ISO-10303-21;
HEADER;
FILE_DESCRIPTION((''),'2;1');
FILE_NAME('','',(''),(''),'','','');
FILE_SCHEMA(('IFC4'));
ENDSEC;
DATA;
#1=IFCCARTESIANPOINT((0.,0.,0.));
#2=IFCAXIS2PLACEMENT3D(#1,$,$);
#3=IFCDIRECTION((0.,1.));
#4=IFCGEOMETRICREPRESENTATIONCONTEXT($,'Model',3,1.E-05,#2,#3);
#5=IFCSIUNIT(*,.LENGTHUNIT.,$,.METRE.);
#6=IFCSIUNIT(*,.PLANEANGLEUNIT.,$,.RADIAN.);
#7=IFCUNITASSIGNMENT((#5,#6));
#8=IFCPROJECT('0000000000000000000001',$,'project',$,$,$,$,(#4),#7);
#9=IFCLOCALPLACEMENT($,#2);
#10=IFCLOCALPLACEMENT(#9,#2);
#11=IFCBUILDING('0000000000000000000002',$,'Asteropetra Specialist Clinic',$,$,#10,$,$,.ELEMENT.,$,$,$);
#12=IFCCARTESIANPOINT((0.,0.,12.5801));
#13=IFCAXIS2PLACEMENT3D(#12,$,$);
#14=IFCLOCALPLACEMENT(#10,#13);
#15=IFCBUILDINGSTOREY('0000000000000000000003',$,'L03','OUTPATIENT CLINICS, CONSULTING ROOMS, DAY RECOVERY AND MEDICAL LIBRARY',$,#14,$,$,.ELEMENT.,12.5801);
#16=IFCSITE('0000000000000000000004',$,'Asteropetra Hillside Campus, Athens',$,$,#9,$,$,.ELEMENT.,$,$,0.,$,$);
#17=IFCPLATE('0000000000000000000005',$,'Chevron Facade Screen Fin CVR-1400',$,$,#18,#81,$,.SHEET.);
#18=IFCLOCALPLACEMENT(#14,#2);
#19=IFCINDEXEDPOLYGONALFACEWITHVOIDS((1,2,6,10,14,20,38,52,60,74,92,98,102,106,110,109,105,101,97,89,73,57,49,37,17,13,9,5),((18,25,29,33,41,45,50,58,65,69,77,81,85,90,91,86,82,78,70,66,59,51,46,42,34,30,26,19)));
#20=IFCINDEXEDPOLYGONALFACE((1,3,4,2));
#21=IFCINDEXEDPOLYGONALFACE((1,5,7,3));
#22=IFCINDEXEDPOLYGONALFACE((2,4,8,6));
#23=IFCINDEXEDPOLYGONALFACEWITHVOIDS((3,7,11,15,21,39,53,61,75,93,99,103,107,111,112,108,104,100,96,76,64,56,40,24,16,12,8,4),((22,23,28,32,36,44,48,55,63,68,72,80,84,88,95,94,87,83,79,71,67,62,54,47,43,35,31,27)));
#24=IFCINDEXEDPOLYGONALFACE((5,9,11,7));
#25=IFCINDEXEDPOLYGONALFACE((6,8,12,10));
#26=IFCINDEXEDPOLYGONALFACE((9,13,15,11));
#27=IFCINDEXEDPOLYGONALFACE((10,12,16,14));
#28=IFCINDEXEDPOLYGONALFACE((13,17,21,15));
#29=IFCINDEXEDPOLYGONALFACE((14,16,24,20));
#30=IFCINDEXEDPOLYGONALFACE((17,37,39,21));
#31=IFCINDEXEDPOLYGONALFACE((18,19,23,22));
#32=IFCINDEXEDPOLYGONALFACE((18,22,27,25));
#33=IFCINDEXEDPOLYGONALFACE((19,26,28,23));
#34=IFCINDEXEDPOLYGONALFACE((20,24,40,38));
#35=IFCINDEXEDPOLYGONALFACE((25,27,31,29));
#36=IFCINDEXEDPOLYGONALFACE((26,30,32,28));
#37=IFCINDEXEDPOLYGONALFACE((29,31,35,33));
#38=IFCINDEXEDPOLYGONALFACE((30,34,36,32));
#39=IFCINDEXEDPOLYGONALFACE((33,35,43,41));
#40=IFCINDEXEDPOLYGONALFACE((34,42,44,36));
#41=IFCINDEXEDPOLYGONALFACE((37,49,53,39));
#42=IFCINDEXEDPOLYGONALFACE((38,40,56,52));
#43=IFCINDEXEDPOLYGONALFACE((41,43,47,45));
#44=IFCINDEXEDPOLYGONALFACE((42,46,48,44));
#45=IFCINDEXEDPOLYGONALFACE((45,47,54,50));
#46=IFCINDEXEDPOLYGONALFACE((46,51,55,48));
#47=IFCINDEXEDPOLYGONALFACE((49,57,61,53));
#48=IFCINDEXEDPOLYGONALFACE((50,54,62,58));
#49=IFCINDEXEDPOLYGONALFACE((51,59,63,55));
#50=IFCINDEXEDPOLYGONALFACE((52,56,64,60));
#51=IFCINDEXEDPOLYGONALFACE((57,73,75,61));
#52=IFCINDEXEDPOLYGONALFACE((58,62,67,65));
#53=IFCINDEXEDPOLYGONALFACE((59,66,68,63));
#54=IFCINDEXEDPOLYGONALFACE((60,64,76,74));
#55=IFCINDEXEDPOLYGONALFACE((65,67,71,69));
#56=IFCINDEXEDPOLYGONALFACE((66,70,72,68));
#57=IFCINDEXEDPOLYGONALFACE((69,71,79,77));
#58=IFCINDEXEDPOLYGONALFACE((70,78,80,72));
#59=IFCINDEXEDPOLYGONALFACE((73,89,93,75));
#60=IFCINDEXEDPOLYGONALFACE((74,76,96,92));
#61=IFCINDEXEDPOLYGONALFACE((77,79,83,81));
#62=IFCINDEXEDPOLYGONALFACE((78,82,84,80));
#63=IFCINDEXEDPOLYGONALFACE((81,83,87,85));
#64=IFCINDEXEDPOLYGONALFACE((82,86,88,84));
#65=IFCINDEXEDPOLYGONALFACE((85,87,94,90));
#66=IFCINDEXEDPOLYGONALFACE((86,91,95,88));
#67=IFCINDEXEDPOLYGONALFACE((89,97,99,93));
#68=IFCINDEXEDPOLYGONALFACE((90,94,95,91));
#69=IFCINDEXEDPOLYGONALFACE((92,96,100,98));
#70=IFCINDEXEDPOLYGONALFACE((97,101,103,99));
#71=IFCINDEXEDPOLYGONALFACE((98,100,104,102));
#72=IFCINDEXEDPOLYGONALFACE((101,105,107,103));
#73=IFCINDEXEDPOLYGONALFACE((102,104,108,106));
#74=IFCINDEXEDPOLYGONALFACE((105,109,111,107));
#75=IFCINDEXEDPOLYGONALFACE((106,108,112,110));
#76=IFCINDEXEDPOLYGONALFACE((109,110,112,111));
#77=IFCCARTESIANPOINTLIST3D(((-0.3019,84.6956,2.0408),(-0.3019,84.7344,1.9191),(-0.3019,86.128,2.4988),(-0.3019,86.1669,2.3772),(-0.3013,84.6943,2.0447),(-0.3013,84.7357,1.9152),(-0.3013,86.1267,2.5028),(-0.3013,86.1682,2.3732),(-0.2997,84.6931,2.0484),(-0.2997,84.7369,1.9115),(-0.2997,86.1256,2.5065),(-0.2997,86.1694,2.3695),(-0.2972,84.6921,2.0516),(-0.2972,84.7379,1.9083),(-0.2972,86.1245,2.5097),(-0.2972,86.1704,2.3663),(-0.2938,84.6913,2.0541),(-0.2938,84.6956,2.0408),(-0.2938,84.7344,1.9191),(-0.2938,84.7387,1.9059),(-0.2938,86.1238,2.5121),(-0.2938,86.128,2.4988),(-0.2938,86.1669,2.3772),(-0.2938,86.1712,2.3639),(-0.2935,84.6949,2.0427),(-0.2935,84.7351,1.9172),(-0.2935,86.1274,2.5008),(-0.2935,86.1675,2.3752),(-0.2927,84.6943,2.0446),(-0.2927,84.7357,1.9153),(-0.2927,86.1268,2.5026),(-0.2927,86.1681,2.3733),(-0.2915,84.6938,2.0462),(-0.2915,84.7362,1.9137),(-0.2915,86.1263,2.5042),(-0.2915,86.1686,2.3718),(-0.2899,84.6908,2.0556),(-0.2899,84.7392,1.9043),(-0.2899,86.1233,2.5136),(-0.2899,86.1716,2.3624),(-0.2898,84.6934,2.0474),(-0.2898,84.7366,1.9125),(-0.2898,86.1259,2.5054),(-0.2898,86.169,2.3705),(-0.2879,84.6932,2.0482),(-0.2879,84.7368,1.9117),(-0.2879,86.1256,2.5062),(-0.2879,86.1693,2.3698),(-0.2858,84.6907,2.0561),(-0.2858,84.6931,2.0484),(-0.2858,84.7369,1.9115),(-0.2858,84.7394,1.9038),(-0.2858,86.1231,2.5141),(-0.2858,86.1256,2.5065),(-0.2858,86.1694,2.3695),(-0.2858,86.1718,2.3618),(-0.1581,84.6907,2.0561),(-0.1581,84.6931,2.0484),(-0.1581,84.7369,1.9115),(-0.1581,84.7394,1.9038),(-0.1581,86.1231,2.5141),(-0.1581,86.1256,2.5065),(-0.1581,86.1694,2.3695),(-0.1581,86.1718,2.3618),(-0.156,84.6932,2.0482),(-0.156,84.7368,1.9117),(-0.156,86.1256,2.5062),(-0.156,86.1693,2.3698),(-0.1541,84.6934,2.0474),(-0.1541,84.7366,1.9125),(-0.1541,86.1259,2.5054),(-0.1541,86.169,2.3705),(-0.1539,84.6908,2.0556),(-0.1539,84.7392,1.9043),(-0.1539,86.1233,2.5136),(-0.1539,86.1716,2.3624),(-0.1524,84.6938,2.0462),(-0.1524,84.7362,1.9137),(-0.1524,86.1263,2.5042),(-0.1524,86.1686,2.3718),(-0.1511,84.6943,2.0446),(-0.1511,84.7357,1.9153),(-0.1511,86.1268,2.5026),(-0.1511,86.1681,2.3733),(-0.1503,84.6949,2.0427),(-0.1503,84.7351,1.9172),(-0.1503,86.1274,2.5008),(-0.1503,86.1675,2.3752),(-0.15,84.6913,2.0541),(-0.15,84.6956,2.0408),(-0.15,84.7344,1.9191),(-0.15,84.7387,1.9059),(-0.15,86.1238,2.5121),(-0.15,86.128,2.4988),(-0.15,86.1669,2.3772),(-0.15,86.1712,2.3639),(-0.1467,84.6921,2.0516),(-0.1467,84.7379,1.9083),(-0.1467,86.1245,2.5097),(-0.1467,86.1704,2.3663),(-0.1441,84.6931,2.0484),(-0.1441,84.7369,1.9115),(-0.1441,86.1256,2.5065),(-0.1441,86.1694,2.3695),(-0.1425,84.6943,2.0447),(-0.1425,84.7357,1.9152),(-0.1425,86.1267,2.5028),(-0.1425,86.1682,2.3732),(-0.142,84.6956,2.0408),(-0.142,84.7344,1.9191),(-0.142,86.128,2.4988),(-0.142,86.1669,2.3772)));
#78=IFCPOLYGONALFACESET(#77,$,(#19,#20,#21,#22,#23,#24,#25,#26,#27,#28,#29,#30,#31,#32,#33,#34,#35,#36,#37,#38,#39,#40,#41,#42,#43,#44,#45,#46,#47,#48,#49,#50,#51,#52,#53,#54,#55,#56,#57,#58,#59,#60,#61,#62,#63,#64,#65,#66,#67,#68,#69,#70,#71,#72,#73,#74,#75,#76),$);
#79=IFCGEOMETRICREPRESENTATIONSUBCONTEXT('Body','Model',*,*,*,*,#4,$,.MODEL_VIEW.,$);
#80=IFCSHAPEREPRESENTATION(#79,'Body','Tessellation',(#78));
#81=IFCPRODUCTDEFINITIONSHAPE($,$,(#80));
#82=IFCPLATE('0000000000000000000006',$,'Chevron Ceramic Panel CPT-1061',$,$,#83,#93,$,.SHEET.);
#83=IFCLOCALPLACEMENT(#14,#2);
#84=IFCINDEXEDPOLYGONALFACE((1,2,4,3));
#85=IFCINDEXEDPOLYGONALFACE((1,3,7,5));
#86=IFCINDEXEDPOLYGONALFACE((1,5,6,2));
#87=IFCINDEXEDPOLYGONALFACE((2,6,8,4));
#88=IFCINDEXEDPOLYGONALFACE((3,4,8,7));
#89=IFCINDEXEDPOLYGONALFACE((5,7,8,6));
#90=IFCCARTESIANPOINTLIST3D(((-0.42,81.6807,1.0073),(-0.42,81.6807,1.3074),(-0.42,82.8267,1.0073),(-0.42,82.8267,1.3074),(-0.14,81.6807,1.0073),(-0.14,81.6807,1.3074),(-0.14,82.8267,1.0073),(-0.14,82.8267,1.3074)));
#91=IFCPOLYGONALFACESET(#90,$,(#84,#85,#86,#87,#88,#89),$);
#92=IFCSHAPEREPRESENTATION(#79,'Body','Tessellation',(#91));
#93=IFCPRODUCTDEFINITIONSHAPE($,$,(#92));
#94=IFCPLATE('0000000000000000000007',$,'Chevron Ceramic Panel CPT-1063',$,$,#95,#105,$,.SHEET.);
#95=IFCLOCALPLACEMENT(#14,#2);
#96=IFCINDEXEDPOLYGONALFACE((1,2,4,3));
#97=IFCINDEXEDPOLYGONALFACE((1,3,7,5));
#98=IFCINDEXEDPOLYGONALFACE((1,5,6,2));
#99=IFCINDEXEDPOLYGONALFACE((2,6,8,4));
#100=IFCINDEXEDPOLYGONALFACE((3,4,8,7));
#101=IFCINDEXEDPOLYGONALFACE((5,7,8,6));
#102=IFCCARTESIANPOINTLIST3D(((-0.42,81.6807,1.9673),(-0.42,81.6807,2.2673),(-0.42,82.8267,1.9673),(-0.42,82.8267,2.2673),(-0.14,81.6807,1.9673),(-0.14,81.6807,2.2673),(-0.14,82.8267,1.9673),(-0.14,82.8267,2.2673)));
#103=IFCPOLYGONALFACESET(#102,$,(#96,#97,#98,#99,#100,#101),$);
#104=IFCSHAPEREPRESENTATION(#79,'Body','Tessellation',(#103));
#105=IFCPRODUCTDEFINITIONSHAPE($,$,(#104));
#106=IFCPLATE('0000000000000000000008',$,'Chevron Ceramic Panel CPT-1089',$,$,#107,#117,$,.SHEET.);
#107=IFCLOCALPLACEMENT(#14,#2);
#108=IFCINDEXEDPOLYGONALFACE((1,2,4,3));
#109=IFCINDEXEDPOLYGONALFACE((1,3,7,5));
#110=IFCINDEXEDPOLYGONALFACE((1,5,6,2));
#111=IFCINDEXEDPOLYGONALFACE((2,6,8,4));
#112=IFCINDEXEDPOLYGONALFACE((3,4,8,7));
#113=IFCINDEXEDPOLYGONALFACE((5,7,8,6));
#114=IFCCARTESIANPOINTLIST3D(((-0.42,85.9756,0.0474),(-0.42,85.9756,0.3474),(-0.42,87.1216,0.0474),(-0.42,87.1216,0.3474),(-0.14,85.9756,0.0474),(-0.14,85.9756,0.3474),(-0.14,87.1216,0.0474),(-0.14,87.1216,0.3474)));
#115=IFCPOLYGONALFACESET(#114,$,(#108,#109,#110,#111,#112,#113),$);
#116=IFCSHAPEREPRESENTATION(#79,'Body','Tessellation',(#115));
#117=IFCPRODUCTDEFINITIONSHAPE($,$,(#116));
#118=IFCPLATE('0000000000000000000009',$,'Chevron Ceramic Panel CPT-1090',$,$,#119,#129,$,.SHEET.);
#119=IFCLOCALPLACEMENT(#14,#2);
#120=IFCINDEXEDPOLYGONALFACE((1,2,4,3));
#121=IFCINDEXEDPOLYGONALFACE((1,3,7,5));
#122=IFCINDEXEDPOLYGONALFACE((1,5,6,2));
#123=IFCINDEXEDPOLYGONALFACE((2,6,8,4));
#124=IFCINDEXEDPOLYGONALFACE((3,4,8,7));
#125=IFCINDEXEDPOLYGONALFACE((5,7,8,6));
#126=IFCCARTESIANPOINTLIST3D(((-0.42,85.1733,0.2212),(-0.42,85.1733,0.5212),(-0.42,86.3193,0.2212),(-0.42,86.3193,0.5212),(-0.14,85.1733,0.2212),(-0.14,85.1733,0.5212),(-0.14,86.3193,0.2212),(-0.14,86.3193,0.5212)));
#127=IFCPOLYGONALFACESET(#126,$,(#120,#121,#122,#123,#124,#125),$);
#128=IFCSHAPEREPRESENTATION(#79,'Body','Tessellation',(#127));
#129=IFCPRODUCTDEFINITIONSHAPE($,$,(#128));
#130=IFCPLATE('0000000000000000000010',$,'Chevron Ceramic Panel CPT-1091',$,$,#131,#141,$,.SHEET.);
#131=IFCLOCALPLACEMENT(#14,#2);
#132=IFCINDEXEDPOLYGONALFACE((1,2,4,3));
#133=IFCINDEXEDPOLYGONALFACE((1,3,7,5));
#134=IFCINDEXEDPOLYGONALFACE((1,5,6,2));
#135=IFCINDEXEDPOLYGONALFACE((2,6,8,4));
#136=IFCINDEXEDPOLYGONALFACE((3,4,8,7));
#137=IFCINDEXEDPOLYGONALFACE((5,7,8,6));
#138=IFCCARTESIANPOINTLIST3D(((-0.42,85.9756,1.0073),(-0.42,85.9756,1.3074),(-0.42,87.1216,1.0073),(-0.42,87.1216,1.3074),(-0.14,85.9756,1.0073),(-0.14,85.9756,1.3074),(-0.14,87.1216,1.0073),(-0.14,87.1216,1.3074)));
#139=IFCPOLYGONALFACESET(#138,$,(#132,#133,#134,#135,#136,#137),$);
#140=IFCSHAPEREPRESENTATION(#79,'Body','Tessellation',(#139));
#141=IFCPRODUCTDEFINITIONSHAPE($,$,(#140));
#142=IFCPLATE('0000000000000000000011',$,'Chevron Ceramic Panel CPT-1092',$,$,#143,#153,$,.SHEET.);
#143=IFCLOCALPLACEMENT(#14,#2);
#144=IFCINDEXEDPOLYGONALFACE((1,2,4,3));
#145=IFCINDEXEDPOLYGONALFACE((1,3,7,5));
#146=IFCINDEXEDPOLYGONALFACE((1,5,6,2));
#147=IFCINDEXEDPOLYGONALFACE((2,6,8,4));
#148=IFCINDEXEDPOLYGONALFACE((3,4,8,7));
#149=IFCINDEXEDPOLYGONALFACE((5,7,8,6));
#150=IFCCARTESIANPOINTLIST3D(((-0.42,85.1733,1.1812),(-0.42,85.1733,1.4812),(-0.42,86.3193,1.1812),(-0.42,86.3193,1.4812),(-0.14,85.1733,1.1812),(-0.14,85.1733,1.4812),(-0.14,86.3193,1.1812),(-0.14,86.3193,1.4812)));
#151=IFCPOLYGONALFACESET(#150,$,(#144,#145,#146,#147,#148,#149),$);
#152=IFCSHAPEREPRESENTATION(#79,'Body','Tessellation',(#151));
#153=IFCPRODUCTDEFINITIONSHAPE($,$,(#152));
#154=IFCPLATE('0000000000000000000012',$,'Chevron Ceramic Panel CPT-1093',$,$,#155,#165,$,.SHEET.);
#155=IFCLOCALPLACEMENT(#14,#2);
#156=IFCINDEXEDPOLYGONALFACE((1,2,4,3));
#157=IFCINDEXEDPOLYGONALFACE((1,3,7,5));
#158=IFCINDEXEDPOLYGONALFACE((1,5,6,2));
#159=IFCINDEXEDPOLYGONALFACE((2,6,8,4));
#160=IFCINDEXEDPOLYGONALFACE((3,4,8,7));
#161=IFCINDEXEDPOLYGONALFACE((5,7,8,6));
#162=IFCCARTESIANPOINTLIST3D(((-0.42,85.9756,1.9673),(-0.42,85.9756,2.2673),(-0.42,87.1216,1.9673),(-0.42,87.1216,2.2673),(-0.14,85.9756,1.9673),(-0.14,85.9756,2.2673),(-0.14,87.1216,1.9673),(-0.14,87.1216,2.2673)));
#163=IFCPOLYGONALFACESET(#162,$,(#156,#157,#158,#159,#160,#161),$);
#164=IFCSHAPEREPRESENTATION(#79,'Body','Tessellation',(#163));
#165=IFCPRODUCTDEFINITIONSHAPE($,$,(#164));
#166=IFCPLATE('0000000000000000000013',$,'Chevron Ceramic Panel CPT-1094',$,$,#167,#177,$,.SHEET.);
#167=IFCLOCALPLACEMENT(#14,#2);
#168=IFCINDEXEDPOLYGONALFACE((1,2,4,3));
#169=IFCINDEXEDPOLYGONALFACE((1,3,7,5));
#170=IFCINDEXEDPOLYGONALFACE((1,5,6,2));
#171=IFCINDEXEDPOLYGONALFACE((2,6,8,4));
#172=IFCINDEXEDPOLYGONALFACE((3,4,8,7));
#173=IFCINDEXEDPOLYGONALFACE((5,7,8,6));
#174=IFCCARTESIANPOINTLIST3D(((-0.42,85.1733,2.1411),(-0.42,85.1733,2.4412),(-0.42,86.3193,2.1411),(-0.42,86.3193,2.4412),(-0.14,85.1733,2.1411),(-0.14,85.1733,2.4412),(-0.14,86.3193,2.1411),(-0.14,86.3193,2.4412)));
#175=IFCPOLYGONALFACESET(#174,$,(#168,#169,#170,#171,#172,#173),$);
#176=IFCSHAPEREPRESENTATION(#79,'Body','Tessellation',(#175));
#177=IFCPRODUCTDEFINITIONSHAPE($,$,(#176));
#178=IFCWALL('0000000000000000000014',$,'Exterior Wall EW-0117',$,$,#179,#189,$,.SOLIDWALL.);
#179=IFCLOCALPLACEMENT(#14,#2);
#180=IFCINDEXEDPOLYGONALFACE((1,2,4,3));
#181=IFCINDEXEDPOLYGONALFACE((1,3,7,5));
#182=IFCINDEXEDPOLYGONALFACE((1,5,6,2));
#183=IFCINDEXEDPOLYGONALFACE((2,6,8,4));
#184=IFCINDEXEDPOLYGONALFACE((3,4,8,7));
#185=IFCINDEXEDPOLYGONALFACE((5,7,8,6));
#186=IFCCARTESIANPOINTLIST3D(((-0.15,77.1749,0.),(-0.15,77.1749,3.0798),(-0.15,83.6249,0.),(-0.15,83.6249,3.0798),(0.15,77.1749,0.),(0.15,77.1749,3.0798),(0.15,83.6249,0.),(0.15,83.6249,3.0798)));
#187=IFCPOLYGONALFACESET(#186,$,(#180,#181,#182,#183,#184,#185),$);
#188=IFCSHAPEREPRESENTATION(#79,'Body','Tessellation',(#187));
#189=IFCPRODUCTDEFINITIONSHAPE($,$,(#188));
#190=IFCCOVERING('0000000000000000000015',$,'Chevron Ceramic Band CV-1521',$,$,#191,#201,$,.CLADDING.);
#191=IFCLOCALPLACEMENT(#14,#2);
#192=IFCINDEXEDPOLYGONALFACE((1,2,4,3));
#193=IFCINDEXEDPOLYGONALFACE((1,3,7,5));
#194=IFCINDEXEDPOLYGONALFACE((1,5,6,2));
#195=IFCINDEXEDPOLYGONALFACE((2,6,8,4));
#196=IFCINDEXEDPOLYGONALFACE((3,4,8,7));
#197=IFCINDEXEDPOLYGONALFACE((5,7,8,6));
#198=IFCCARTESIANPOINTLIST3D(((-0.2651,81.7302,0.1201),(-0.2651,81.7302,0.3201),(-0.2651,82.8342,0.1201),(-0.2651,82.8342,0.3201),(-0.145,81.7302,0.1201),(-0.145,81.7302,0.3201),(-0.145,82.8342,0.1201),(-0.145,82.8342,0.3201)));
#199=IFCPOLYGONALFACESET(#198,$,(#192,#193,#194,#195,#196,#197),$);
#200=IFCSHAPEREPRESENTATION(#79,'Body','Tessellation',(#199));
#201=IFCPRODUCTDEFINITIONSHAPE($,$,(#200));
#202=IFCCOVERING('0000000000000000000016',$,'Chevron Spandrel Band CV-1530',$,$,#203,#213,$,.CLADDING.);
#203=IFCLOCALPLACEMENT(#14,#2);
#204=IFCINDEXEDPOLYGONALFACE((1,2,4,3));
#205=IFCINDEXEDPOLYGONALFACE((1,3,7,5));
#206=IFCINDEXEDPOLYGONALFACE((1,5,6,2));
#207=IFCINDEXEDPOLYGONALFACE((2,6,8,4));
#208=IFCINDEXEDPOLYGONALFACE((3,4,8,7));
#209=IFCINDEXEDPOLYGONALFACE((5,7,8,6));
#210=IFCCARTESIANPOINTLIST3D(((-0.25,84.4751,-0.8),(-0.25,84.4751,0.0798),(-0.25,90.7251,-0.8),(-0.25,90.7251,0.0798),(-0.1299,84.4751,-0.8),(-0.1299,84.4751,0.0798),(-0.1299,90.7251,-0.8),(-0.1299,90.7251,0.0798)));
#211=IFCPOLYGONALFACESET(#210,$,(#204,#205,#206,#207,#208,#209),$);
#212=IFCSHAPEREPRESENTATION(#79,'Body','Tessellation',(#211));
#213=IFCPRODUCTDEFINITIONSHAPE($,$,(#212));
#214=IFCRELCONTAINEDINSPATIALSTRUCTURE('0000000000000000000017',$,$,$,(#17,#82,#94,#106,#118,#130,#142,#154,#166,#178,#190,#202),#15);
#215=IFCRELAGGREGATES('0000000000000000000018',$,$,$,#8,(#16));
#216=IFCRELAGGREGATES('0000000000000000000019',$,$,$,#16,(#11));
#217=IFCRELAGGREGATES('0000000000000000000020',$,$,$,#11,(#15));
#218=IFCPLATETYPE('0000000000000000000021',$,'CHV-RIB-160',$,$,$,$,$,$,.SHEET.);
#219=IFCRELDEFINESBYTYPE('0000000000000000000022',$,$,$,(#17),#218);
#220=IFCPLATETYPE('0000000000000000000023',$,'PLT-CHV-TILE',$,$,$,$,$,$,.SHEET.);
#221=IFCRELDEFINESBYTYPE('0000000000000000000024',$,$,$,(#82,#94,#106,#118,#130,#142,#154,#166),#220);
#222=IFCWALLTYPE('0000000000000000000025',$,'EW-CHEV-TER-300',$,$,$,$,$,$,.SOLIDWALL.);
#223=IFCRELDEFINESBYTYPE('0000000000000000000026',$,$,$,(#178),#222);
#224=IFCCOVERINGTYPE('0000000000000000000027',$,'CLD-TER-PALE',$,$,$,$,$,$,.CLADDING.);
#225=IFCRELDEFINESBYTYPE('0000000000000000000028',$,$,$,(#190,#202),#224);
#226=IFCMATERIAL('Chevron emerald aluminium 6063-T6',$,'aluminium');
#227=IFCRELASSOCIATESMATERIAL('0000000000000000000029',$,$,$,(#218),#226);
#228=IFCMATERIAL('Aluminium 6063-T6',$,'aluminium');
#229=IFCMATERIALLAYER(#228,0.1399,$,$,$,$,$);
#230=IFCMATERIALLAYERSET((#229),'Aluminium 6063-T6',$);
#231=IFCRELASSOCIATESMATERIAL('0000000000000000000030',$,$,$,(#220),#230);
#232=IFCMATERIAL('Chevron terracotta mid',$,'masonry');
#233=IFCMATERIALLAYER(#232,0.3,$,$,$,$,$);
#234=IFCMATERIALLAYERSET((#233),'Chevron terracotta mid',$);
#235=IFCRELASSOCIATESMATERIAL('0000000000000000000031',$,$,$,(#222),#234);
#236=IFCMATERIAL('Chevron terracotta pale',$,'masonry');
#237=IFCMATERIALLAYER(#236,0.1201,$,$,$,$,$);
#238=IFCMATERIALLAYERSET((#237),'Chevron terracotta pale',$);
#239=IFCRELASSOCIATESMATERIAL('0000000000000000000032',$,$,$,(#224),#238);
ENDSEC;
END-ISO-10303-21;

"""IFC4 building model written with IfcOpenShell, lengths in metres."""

from ifc_helpers import new_model, si_unit, direction, frame, frame_2d, origin, origin_2d, place, context, subcontext, project, spatial, rectangle, hollow_rectangle, extrude, material, layer, layer_set, material_profile, profile_set, type_object, element, save


model = new_model("IFC4")

# Units and contexts
model_context = context("Model", 3, precision=1e-05, world=origin(), true_north=direction((0.0, 1.0)))
body_context = subcontext(model_context, "Body", "Model", "MODEL_VIEW")
ifc_project = project(units=[si_unit("LENGTHUNIT", "METRE"), si_unit("PLANEANGLEUNIT", "RADIAN")], contexts=[model_context])

# Site, building, storey
site_placement = place(None, origin())
site = spatial("IfcSite", under=ifc_project, at=site_placement, Name="Asteropetra Hillside Campus, Athens", CompositionType="ELEMENT", RefElevation=0.0)
building_placement = place(site_placement, origin())
building = spatial("IfcBuilding", under=site, at=building_placement, Name="Asteropetra Specialist Clinic", CompositionType="ELEMENT")
storey_placement = place(building_placement, frame((0.0, 0.0, 12.5801)))
storey = spatial("IfcBuildingStorey", under=building, at=storey_placement, Name="L03", Description="OUTPATIENT CLINICS, CONSULTING ROOMS, DAY RECOVERY AND MEDICAL LIBRARY", CompositionType="ELEMENT", Elevation=12.5801)

# Plates
ifc_material_1 = material(Name="Chevron emerald aluminium 6063-T6", Category="aluminium")
ifc_material_profile_1 = material_profile(ifc_material_1, hollow_rectangle(XDim=0.1599, YDim=0.1599, WallThickness=0.0081, InnerFilletRadius=0.0081, OuterFilletRadius=0.0161, at=origin_2d()), Name="SHS 160x160x8.0")
ifc_profile_set_1 = profile_set([ifc_material_profile_1], Name="Chevron emerald aluminium 6063-T6")
plate_type_1 = type_object("IfcPlateType", Name="CHV-RIB-160", PredefinedType="SHEET", material=ifc_profile_set_1)
plate_1_placement = place(storey_placement, frame((-0.2219, 86.1475, 2.438), z_axis=(0.0, -0.952492, -0.304564), x_axis=(1.0, 0.0, 0.0)))
element("IfcPlate", 1, at=plate_1_placement, inside=storey, type_object=plate_type_1, Name="Chevron Facade Screen Fin CVR-1400", PredefinedType="SHEET", context=body_context, shape_type="SweptSolid", body=[
    extrude(hollow_rectangle(XDim=0.1599, YDim=0.1599, WallThickness=0.0081, InnerFilletRadius=0.0081, OuterFilletRadius=0.0161, at=origin_2d()), origin(), (0.0, 0.0, 1.0), 1.5039),
])
ifc_material_2 = material(Name="Aluminium 6063-T6", Category="aluminium")
ifc_layer_1 = layer(ifc_material_2, 0.1399)
ifc_layer_set_1 = layer_set([ifc_layer_1], Name="Aluminium 6063-T6")
plate_type_2 = type_object("IfcPlateType", Name="PLT-CHV-TILE", PredefinedType="SHEET", material=ifc_layer_set_1)
for number, where, z_axis, x_axis, name in (
    (2, (-0.28, 82.2537, 1.0073), (0.0, 0.0, 1.0), (1.0, 0.0, 0.0), "Chevron Ceramic Panel CPT-1061"),
    (3, (-0.28, 82.2537, 1.9673), (0.0, 0.0, 1.0), (1.0, 0.0, 0.0), "Chevron Ceramic Panel CPT-1063"),
    (4, (-0.28, 86.5486, 0.0474), (0.0, 0.0, 1.0), (1.0, 0.0, 0.0), "Chevron Ceramic Panel CPT-1089"),
    (5, (-0.28, 85.7463, 0.2212), (0.0, 0.0, 1.0), (1.0, 0.0, 0.0), "Chevron Ceramic Panel CPT-1090"),
    (6, (-0.28, 86.5486, 1.0073), (0.0, 0.0, 1.0), (1.0, 0.0, 0.0), "Chevron Ceramic Panel CPT-1091"),
    (7, (-0.28, 85.7463, 1.1812), (0.0, 0.0, 1.0), (1.0, 0.0, 0.0), "Chevron Ceramic Panel CPT-1092"),
    (8, (-0.28, 86.5486, 1.9673), (0.0, 0.0, 1.0), (1.0, 0.0, 0.0), "Chevron Ceramic Panel CPT-1093"),
    (9, (-0.28, 85.7463, 2.1411), (0.0, 0.0, 1.0), (1.0, 0.0, 0.0), "Chevron Ceramic Panel CPT-1094"),
):
    element("IfcPlate", number, at=place(storey_placement, frame(where, z_axis=z_axis, x_axis=x_axis)), inside=storey, type_object=plate_type_2, Name=name, PredefinedType="SHEET", context=body_context, shape_type="SweptSolid", body=[
        extrude(rectangle(XDim=0.28, YDim=1.146, at=origin_2d()), origin(), (0.0, 0.0, 1.0), 0.3),
    ])

# Wall
ifc_material_3 = material(Name="Chevron terracotta mid", Category="masonry")
ifc_layer_2 = layer(ifc_material_3, 0.3)
ifc_layer_set_2 = layer_set([ifc_layer_2], Name="Chevron terracotta mid")
wall_type = type_object("IfcWallType", Name="EW-CHEV-TER-300", PredefinedType="SOLIDWALL", material=ifc_layer_set_2)
wall_placement = place(storey_placement, frame((0.0, 83.625, 0.0), z_axis=(0.0, 0.0, 1.0), x_axis=(0.0, -1.0, 0.0)))
element("IfcWall", 10, at=wall_placement, inside=storey, type_object=wall_type, Name="Exterior Wall EW-0117", PredefinedType="SOLIDWALL", context=body_context, shape_type="SweptSolid", body=[
    extrude(rectangle(XDim=6.45, YDim=0.3, at=frame_2d((3.2251, 0.0))), origin(), (0.0, 0.0, 1.0), 3.0798),
])

# Coverings
ifc_material_4 = material(Name="Chevron terracotta pale", Category="masonry")
ifc_layer_3 = layer(ifc_material_4, 0.1201)
ifc_layer_set_3 = layer_set([ifc_layer_3], Name="Chevron terracotta pale")
covering_type_1 = type_object("IfcCoveringType", Name="CLD-TER-PALE", PredefinedType="CLADDING", material=ifc_layer_set_3)
covering_1_placement = place(storey_placement, frame((-0.2051, 82.2822, 0.1201), z_axis=(0.0, 0.0, 1.0), x_axis=(1.0, 0.0, 0.0)))
element("IfcCovering", 11, at=covering_1_placement, inside=storey, type_object=covering_type_1, Name="Chevron Ceramic Band CV-1521", PredefinedType="CLADDING", context=body_context, shape_type="SweptSolid", body=[
    extrude(rectangle(XDim=0.1201, YDim=1.104, at=origin_2d()), origin(), (0.0, 0.0, 1.0), 0.2),
])
covering_2_placement = place(storey_placement, frame((-0.1899, 87.6001, -0.8), z_axis=(0.0, 0.0, 1.0), x_axis=(1.0, 0.0, 0.0)))
element("IfcCovering", 12, at=covering_2_placement, inside=storey, type_object=covering_type_1, Name="Chevron Spandrel Band CV-1530", PredefinedType="CLADDING", context=body_context, shape_type="SweptSolid", body=[
    extrude(rectangle(XDim=0.1201, YDim=6.25, at=origin_2d()), origin(), (0.0, 0.0, 1.0), 0.8799),
])

save(model, "model.ifc")
